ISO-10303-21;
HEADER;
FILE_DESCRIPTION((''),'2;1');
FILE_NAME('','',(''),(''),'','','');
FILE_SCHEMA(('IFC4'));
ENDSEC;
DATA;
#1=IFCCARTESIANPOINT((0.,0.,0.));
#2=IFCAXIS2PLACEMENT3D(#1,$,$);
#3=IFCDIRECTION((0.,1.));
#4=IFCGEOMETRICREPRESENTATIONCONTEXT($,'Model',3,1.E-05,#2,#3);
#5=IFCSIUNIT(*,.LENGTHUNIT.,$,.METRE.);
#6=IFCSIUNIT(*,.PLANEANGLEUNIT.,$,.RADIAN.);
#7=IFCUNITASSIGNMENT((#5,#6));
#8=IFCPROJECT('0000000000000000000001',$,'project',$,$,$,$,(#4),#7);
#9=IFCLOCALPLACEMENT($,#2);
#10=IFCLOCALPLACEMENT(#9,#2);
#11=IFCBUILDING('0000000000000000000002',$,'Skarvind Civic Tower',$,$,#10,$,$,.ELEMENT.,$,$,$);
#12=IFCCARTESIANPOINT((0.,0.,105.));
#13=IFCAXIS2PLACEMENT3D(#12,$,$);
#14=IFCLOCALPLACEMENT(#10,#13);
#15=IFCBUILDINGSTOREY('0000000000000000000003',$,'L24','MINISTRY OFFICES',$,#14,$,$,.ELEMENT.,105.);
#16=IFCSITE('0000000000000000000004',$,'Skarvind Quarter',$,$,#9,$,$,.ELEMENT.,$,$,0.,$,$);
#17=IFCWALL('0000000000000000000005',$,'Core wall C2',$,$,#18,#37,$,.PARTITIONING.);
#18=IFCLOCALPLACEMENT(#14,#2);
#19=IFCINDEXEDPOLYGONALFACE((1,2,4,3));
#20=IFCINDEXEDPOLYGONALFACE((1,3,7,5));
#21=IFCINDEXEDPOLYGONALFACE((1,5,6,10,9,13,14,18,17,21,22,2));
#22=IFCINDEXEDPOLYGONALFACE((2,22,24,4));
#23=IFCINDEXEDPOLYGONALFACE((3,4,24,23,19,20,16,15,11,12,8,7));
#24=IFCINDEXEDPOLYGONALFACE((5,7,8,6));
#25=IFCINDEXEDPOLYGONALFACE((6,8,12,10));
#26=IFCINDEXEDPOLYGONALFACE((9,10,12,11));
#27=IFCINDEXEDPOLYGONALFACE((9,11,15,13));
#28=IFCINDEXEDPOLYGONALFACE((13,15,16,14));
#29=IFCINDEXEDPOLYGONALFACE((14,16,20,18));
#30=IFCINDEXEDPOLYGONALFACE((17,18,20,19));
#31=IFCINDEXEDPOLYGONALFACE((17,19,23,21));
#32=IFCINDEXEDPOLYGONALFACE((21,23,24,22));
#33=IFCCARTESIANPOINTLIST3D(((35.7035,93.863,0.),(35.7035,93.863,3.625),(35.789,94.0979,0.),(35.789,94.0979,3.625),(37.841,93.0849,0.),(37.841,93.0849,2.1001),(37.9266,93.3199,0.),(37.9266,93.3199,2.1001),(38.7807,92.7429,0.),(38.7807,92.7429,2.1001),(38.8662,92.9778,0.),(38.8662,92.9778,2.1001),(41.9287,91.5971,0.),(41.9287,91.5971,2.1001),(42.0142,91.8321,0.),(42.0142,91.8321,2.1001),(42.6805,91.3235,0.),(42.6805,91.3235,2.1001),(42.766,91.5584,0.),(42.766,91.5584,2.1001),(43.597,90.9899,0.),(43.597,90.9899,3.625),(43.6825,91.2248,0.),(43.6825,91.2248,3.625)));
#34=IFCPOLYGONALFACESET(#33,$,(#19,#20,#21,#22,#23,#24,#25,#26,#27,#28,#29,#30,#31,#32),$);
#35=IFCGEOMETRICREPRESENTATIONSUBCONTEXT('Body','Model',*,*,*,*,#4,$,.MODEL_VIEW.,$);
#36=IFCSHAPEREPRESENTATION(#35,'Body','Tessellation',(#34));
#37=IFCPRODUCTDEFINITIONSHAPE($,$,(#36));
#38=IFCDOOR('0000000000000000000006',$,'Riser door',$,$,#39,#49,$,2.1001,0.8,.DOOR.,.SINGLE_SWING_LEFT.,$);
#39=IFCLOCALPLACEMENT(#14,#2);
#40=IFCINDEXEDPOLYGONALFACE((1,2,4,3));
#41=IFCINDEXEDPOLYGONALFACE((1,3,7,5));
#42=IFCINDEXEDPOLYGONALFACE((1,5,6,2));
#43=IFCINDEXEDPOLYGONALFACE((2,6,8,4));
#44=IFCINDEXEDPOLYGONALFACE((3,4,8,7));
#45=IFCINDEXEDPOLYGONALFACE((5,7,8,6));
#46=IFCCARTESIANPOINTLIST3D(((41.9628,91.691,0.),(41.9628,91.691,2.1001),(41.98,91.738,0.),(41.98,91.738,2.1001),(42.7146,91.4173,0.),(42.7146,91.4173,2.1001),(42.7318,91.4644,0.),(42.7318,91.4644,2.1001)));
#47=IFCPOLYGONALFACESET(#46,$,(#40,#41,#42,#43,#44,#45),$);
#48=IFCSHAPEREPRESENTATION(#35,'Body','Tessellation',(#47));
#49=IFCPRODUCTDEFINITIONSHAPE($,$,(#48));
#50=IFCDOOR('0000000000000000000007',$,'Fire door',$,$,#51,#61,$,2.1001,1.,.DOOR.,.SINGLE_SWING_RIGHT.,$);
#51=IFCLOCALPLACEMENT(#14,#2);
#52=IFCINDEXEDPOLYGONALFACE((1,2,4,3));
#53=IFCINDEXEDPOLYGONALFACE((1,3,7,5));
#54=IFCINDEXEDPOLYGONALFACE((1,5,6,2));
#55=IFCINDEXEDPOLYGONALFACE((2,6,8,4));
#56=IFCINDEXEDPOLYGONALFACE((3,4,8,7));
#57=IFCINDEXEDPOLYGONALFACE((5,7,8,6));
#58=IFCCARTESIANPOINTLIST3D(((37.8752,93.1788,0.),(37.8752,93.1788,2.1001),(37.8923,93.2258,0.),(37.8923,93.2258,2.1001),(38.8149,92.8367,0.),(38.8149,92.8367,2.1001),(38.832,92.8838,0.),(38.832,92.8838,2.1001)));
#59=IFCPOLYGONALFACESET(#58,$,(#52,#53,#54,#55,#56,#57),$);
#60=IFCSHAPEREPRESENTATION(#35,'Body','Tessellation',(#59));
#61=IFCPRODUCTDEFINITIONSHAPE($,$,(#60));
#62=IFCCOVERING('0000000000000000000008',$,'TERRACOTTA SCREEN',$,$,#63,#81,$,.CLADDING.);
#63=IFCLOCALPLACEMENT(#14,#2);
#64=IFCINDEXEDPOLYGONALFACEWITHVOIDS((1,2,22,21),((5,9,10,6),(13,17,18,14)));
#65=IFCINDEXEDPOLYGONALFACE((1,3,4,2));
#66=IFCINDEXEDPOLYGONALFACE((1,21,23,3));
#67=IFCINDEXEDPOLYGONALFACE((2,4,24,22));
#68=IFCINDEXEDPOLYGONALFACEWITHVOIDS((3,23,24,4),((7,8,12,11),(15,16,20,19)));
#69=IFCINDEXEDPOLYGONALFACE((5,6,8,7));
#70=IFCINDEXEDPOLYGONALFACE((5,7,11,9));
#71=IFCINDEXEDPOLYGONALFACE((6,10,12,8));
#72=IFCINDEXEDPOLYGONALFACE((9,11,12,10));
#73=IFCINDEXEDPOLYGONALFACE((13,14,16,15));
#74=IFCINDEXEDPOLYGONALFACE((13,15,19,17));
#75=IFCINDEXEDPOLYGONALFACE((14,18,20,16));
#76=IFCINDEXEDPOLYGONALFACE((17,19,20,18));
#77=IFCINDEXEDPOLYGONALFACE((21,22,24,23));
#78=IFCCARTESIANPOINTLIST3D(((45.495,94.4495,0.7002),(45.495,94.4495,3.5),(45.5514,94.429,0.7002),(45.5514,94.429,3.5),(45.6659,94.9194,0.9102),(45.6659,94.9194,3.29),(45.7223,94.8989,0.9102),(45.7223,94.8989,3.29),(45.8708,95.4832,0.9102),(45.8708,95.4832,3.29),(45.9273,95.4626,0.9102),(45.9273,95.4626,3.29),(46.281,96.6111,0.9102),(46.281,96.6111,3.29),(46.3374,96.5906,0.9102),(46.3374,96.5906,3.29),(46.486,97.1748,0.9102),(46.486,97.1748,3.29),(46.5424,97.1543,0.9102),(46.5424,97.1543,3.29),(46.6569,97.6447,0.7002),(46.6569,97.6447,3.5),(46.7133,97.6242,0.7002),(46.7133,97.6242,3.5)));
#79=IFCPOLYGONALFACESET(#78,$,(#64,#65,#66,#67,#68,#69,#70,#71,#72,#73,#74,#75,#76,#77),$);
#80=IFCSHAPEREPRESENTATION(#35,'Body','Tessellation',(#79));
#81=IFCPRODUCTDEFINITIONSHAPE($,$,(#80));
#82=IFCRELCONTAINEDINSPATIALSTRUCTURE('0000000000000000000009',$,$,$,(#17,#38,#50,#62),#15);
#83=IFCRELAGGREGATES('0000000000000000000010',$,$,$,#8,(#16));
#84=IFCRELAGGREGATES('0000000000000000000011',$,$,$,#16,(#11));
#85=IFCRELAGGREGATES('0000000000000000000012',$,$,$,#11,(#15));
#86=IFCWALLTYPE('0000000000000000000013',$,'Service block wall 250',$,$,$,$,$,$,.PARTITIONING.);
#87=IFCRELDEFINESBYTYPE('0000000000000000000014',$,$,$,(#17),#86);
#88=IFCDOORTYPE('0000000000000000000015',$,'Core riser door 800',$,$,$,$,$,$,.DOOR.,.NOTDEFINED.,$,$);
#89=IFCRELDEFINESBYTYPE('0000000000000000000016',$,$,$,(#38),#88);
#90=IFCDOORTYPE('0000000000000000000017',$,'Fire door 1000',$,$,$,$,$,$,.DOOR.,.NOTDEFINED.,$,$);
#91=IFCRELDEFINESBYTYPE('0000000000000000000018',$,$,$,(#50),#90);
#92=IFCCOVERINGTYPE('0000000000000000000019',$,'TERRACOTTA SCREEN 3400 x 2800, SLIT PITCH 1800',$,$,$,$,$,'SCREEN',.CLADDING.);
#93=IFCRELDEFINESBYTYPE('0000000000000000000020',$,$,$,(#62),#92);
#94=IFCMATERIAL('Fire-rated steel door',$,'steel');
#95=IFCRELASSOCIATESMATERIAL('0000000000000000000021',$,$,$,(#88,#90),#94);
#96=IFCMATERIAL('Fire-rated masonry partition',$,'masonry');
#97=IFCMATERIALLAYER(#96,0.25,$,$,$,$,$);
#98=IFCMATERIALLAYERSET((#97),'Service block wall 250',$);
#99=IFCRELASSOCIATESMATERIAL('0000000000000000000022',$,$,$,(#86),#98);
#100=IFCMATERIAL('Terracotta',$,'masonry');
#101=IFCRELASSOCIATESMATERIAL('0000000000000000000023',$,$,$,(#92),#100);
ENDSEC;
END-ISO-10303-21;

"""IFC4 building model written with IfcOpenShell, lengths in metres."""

from ifc_helpers import new_model, si_unit, direction, frame, frame_2d, origin, place, context, subcontext, project, spatial, polyline, rectangle, outline, extrude, material, layer, layer_set, material_profile, profile_set, type_object, element, fill, save


model = new_model("IFC4")

# Units and contexts
model_context = context("Model", 3, precision=1e-05, world=origin(), true_north=direction((0.0, 1.0)))
body_context = subcontext(model_context, "Body", "Model", "MODEL_VIEW")
ifc_project = project(units=[si_unit("LENGTHUNIT", "METRE"), si_unit("PLANEANGLEUNIT", "RADIAN")], contexts=[model_context])

# Site, building, storey
site_placement = place(None, origin())
site = spatial("IfcSite", under=ifc_project, at=site_placement, Name="Skarvind Quarter", CompositionType="ELEMENT", RefElevation=0.0)
building_placement = place(site_placement, origin())
building = spatial("IfcBuilding", under=site, at=building_placement, Name="Skarvind Civic Tower", CompositionType="ELEMENT")
storey_placement = place(building_placement, frame((0.0, 0.0, 105.0)))
storey = spatial("IfcBuildingStorey", under=building, at=storey_placement, Name="L24", Description="MINISTRY OFFICES", CompositionType="ELEMENT", Elevation=105.0)

# Shared definitions
ifc_material_1 = material(Name="Fire-rated masonry partition", Category="masonry")
ifc_material_2 = material(Name="Fire-rated steel door", Category="steel")

# Shared definitions
door_type_1 = type_object("IfcDoorType", Name="Core riser door 800", OperationType="NOTDEFINED", PredefinedType="DOOR", material=ifc_material_2)

# Wall, openings, doors
ifc_layer_1 = layer(ifc_material_1, 0.25)
ifc_layer_set_1 = layer_set([ifc_layer_1], Name="Service block wall 250")
wall_type_1 = type_object("IfcWallType", Name="Service block wall 250", PredefinedType="PARTITIONING", material=ifc_layer_set_1)
wall_1_placement = place(storey_placement, frame((35.7461, 93.9805, 0.0), z_axis=(0.0, 0.0, 1.0), x_axis=(0.939692, -0.342023, 0.0)))
wall_1 = element("IfcWall", 1, at=wall_1_placement, inside=storey, type_object=wall_type_1, Name="Core wall C2", PredefinedType="PARTITIONING", context=body_context, shape_type="SweptSolid", body=[
    extrude(rectangle(XDim=8.4001, YDim=0.25, at=frame_2d((4.2002, 0.0))), origin(), (0.0, 0.0, 1.0), 3.625),
])
opening_1_placement = place(wall_1_placement, frame((2.2749, 0.0, 0.0)))
opening_1 = element("IfcOpeningElement", 2, at=opening_1_placement, cuts=wall_1, PredefinedType="OPENING", context=body_context, shape_type="SweptSolid", body=[
    extrude(rectangle(XDim=1.0, YDim=2.1001, at=frame_2d((0.5, 1.05))), frame((0.0, 0.135, 0.0), z_axis=(0.0, -1.0, 0.0), x_axis=(1.0, 0.0, 0.0)), (0.0, 0.0, 1.0), 0.27),
])
opening_2_placement = place(wall_1_placement, frame((6.625, 0.0, 0.0)))
opening_2 = element("IfcOpeningElement", 3, at=opening_2_placement, cuts=wall_1, PredefinedType="OPENING", context=body_context, shape_type="SweptSolid", body=[
    extrude(rectangle(XDim=0.8, YDim=2.1001, at=frame_2d((0.3999, 1.05))), frame((0.0, 0.135, 0.0), z_axis=(0.0, -1.0, 0.0), x_axis=(1.0, 0.0, 0.0)), (0.0, 0.0, 1.0), 0.27),
])
door_1_placement = place(opening_2_placement, origin())
door_1 = element("IfcDoor", 4, at=door_1_placement, inside=storey, type_object=door_type_1, Name="Riser door", OperationType="SINGLE_SWING_LEFT", OverallHeight=2.1001, OverallWidth=0.8, PredefinedType="DOOR", context=body_context, shape_type="SweptSolid", body=[
    extrude(rectangle(XDim=0.8, YDim=2.1001, at=frame_2d((0.3999, 1.05))), frame((0.0, 0.0249, 0.0), z_axis=(0.0, -1.0, 0.0), x_axis=(1.0, 0.0, 0.0)), (0.0, 0.0, 1.0), 0.05),
])
fill(opening_2, door_1)
door_type_2 = type_object("IfcDoorType", Name="Fire door 1000", OperationType="NOTDEFINED", PredefinedType="DOOR", material=ifc_material_2)
door_2_placement = place(opening_1_placement, origin())
door_2 = element("IfcDoor", 5, at=door_2_placement, inside=storey, type_object=door_type_2, Name="Fire door", OperationType="SINGLE_SWING_RIGHT", OverallHeight=2.1001, OverallWidth=1.0, PredefinedType="DOOR", context=body_context, shape_type="SweptSolid", body=[
    extrude(rectangle(XDim=1.0, YDim=2.1001, at=frame_2d((0.5, 1.05))), frame((0.0, 0.0249, 0.0), z_axis=(0.0, -1.0, 0.0), x_axis=(1.0, 0.0, 0.0)), (0.0, 0.0, 1.0), 0.05),
])
fill(opening_1, door_2)

# Covering
ifc_material_3 = material(Name="Terracotta", Category="masonry")
ifc_material_profile_1 = material_profile(ifc_material_3, outline(polyline([(-1.7, -1.3999), (1.7, -1.3999), (1.7, 1.3999), (-1.7, 1.3999), (-1.7, -1.3999)]), holes=[polyline([(-1.2, -1.1899), (-0.6001, -1.1899), (-0.6001, 1.1899), (-1.2, 1.1899), (-1.2, -1.1899)]), polyline([(0.6001, -1.1899), (1.2, -1.1899), (1.2, 1.1899), (0.6001, 1.1899), (0.6001, -1.1899)])]), Name="TERRACOTTA SCREEN 3400 x 2800, SLIT PITCH 1800")
ifc_profile_set_1 = profile_set([ifc_material_profile_1], Name="Terracotta")
covering_type = type_object("IfcCoveringType", Name="TERRACOTTA SCREEN 3400 x 2800, SLIT PITCH 1800", ElementType="SCREEN", PredefinedType="CLADDING", material=ifc_profile_set_1)
covering_placement = place(storey_placement, frame((46.0759, 96.0471, 2.1001), z_axis=(0.939793, -0.341743, 0.0), x_axis=(0.341743, 0.939793, 0.0)))
element("IfcCovering", 6, at=covering_placement, inside=storey, type_object=covering_type, Name="TERRACOTTA SCREEN", PredefinedType="CLADDING", context=body_context, shape_type="SweptSolid", body=[
    extrude(outline(polyline([(-1.7, -1.3999), (1.7, -1.3999), (1.7, 1.3999), (-1.7, 1.3999), (-1.7, -1.3999)]), holes=[polyline([(-1.2, -1.1899), (-0.6001, -1.1899), (-0.6001, 1.1899), (-1.2, 1.1899), (-1.2, -1.1899)]), polyline([(0.6001, -1.1899), (1.2, -1.1899), (1.2, 1.1899), (0.6001, 1.1899), (0.6001, -1.1899)])]), origin(), (0.0, 0.0, 1.0), 0.0601),
])

save(model, "model.ifc")
